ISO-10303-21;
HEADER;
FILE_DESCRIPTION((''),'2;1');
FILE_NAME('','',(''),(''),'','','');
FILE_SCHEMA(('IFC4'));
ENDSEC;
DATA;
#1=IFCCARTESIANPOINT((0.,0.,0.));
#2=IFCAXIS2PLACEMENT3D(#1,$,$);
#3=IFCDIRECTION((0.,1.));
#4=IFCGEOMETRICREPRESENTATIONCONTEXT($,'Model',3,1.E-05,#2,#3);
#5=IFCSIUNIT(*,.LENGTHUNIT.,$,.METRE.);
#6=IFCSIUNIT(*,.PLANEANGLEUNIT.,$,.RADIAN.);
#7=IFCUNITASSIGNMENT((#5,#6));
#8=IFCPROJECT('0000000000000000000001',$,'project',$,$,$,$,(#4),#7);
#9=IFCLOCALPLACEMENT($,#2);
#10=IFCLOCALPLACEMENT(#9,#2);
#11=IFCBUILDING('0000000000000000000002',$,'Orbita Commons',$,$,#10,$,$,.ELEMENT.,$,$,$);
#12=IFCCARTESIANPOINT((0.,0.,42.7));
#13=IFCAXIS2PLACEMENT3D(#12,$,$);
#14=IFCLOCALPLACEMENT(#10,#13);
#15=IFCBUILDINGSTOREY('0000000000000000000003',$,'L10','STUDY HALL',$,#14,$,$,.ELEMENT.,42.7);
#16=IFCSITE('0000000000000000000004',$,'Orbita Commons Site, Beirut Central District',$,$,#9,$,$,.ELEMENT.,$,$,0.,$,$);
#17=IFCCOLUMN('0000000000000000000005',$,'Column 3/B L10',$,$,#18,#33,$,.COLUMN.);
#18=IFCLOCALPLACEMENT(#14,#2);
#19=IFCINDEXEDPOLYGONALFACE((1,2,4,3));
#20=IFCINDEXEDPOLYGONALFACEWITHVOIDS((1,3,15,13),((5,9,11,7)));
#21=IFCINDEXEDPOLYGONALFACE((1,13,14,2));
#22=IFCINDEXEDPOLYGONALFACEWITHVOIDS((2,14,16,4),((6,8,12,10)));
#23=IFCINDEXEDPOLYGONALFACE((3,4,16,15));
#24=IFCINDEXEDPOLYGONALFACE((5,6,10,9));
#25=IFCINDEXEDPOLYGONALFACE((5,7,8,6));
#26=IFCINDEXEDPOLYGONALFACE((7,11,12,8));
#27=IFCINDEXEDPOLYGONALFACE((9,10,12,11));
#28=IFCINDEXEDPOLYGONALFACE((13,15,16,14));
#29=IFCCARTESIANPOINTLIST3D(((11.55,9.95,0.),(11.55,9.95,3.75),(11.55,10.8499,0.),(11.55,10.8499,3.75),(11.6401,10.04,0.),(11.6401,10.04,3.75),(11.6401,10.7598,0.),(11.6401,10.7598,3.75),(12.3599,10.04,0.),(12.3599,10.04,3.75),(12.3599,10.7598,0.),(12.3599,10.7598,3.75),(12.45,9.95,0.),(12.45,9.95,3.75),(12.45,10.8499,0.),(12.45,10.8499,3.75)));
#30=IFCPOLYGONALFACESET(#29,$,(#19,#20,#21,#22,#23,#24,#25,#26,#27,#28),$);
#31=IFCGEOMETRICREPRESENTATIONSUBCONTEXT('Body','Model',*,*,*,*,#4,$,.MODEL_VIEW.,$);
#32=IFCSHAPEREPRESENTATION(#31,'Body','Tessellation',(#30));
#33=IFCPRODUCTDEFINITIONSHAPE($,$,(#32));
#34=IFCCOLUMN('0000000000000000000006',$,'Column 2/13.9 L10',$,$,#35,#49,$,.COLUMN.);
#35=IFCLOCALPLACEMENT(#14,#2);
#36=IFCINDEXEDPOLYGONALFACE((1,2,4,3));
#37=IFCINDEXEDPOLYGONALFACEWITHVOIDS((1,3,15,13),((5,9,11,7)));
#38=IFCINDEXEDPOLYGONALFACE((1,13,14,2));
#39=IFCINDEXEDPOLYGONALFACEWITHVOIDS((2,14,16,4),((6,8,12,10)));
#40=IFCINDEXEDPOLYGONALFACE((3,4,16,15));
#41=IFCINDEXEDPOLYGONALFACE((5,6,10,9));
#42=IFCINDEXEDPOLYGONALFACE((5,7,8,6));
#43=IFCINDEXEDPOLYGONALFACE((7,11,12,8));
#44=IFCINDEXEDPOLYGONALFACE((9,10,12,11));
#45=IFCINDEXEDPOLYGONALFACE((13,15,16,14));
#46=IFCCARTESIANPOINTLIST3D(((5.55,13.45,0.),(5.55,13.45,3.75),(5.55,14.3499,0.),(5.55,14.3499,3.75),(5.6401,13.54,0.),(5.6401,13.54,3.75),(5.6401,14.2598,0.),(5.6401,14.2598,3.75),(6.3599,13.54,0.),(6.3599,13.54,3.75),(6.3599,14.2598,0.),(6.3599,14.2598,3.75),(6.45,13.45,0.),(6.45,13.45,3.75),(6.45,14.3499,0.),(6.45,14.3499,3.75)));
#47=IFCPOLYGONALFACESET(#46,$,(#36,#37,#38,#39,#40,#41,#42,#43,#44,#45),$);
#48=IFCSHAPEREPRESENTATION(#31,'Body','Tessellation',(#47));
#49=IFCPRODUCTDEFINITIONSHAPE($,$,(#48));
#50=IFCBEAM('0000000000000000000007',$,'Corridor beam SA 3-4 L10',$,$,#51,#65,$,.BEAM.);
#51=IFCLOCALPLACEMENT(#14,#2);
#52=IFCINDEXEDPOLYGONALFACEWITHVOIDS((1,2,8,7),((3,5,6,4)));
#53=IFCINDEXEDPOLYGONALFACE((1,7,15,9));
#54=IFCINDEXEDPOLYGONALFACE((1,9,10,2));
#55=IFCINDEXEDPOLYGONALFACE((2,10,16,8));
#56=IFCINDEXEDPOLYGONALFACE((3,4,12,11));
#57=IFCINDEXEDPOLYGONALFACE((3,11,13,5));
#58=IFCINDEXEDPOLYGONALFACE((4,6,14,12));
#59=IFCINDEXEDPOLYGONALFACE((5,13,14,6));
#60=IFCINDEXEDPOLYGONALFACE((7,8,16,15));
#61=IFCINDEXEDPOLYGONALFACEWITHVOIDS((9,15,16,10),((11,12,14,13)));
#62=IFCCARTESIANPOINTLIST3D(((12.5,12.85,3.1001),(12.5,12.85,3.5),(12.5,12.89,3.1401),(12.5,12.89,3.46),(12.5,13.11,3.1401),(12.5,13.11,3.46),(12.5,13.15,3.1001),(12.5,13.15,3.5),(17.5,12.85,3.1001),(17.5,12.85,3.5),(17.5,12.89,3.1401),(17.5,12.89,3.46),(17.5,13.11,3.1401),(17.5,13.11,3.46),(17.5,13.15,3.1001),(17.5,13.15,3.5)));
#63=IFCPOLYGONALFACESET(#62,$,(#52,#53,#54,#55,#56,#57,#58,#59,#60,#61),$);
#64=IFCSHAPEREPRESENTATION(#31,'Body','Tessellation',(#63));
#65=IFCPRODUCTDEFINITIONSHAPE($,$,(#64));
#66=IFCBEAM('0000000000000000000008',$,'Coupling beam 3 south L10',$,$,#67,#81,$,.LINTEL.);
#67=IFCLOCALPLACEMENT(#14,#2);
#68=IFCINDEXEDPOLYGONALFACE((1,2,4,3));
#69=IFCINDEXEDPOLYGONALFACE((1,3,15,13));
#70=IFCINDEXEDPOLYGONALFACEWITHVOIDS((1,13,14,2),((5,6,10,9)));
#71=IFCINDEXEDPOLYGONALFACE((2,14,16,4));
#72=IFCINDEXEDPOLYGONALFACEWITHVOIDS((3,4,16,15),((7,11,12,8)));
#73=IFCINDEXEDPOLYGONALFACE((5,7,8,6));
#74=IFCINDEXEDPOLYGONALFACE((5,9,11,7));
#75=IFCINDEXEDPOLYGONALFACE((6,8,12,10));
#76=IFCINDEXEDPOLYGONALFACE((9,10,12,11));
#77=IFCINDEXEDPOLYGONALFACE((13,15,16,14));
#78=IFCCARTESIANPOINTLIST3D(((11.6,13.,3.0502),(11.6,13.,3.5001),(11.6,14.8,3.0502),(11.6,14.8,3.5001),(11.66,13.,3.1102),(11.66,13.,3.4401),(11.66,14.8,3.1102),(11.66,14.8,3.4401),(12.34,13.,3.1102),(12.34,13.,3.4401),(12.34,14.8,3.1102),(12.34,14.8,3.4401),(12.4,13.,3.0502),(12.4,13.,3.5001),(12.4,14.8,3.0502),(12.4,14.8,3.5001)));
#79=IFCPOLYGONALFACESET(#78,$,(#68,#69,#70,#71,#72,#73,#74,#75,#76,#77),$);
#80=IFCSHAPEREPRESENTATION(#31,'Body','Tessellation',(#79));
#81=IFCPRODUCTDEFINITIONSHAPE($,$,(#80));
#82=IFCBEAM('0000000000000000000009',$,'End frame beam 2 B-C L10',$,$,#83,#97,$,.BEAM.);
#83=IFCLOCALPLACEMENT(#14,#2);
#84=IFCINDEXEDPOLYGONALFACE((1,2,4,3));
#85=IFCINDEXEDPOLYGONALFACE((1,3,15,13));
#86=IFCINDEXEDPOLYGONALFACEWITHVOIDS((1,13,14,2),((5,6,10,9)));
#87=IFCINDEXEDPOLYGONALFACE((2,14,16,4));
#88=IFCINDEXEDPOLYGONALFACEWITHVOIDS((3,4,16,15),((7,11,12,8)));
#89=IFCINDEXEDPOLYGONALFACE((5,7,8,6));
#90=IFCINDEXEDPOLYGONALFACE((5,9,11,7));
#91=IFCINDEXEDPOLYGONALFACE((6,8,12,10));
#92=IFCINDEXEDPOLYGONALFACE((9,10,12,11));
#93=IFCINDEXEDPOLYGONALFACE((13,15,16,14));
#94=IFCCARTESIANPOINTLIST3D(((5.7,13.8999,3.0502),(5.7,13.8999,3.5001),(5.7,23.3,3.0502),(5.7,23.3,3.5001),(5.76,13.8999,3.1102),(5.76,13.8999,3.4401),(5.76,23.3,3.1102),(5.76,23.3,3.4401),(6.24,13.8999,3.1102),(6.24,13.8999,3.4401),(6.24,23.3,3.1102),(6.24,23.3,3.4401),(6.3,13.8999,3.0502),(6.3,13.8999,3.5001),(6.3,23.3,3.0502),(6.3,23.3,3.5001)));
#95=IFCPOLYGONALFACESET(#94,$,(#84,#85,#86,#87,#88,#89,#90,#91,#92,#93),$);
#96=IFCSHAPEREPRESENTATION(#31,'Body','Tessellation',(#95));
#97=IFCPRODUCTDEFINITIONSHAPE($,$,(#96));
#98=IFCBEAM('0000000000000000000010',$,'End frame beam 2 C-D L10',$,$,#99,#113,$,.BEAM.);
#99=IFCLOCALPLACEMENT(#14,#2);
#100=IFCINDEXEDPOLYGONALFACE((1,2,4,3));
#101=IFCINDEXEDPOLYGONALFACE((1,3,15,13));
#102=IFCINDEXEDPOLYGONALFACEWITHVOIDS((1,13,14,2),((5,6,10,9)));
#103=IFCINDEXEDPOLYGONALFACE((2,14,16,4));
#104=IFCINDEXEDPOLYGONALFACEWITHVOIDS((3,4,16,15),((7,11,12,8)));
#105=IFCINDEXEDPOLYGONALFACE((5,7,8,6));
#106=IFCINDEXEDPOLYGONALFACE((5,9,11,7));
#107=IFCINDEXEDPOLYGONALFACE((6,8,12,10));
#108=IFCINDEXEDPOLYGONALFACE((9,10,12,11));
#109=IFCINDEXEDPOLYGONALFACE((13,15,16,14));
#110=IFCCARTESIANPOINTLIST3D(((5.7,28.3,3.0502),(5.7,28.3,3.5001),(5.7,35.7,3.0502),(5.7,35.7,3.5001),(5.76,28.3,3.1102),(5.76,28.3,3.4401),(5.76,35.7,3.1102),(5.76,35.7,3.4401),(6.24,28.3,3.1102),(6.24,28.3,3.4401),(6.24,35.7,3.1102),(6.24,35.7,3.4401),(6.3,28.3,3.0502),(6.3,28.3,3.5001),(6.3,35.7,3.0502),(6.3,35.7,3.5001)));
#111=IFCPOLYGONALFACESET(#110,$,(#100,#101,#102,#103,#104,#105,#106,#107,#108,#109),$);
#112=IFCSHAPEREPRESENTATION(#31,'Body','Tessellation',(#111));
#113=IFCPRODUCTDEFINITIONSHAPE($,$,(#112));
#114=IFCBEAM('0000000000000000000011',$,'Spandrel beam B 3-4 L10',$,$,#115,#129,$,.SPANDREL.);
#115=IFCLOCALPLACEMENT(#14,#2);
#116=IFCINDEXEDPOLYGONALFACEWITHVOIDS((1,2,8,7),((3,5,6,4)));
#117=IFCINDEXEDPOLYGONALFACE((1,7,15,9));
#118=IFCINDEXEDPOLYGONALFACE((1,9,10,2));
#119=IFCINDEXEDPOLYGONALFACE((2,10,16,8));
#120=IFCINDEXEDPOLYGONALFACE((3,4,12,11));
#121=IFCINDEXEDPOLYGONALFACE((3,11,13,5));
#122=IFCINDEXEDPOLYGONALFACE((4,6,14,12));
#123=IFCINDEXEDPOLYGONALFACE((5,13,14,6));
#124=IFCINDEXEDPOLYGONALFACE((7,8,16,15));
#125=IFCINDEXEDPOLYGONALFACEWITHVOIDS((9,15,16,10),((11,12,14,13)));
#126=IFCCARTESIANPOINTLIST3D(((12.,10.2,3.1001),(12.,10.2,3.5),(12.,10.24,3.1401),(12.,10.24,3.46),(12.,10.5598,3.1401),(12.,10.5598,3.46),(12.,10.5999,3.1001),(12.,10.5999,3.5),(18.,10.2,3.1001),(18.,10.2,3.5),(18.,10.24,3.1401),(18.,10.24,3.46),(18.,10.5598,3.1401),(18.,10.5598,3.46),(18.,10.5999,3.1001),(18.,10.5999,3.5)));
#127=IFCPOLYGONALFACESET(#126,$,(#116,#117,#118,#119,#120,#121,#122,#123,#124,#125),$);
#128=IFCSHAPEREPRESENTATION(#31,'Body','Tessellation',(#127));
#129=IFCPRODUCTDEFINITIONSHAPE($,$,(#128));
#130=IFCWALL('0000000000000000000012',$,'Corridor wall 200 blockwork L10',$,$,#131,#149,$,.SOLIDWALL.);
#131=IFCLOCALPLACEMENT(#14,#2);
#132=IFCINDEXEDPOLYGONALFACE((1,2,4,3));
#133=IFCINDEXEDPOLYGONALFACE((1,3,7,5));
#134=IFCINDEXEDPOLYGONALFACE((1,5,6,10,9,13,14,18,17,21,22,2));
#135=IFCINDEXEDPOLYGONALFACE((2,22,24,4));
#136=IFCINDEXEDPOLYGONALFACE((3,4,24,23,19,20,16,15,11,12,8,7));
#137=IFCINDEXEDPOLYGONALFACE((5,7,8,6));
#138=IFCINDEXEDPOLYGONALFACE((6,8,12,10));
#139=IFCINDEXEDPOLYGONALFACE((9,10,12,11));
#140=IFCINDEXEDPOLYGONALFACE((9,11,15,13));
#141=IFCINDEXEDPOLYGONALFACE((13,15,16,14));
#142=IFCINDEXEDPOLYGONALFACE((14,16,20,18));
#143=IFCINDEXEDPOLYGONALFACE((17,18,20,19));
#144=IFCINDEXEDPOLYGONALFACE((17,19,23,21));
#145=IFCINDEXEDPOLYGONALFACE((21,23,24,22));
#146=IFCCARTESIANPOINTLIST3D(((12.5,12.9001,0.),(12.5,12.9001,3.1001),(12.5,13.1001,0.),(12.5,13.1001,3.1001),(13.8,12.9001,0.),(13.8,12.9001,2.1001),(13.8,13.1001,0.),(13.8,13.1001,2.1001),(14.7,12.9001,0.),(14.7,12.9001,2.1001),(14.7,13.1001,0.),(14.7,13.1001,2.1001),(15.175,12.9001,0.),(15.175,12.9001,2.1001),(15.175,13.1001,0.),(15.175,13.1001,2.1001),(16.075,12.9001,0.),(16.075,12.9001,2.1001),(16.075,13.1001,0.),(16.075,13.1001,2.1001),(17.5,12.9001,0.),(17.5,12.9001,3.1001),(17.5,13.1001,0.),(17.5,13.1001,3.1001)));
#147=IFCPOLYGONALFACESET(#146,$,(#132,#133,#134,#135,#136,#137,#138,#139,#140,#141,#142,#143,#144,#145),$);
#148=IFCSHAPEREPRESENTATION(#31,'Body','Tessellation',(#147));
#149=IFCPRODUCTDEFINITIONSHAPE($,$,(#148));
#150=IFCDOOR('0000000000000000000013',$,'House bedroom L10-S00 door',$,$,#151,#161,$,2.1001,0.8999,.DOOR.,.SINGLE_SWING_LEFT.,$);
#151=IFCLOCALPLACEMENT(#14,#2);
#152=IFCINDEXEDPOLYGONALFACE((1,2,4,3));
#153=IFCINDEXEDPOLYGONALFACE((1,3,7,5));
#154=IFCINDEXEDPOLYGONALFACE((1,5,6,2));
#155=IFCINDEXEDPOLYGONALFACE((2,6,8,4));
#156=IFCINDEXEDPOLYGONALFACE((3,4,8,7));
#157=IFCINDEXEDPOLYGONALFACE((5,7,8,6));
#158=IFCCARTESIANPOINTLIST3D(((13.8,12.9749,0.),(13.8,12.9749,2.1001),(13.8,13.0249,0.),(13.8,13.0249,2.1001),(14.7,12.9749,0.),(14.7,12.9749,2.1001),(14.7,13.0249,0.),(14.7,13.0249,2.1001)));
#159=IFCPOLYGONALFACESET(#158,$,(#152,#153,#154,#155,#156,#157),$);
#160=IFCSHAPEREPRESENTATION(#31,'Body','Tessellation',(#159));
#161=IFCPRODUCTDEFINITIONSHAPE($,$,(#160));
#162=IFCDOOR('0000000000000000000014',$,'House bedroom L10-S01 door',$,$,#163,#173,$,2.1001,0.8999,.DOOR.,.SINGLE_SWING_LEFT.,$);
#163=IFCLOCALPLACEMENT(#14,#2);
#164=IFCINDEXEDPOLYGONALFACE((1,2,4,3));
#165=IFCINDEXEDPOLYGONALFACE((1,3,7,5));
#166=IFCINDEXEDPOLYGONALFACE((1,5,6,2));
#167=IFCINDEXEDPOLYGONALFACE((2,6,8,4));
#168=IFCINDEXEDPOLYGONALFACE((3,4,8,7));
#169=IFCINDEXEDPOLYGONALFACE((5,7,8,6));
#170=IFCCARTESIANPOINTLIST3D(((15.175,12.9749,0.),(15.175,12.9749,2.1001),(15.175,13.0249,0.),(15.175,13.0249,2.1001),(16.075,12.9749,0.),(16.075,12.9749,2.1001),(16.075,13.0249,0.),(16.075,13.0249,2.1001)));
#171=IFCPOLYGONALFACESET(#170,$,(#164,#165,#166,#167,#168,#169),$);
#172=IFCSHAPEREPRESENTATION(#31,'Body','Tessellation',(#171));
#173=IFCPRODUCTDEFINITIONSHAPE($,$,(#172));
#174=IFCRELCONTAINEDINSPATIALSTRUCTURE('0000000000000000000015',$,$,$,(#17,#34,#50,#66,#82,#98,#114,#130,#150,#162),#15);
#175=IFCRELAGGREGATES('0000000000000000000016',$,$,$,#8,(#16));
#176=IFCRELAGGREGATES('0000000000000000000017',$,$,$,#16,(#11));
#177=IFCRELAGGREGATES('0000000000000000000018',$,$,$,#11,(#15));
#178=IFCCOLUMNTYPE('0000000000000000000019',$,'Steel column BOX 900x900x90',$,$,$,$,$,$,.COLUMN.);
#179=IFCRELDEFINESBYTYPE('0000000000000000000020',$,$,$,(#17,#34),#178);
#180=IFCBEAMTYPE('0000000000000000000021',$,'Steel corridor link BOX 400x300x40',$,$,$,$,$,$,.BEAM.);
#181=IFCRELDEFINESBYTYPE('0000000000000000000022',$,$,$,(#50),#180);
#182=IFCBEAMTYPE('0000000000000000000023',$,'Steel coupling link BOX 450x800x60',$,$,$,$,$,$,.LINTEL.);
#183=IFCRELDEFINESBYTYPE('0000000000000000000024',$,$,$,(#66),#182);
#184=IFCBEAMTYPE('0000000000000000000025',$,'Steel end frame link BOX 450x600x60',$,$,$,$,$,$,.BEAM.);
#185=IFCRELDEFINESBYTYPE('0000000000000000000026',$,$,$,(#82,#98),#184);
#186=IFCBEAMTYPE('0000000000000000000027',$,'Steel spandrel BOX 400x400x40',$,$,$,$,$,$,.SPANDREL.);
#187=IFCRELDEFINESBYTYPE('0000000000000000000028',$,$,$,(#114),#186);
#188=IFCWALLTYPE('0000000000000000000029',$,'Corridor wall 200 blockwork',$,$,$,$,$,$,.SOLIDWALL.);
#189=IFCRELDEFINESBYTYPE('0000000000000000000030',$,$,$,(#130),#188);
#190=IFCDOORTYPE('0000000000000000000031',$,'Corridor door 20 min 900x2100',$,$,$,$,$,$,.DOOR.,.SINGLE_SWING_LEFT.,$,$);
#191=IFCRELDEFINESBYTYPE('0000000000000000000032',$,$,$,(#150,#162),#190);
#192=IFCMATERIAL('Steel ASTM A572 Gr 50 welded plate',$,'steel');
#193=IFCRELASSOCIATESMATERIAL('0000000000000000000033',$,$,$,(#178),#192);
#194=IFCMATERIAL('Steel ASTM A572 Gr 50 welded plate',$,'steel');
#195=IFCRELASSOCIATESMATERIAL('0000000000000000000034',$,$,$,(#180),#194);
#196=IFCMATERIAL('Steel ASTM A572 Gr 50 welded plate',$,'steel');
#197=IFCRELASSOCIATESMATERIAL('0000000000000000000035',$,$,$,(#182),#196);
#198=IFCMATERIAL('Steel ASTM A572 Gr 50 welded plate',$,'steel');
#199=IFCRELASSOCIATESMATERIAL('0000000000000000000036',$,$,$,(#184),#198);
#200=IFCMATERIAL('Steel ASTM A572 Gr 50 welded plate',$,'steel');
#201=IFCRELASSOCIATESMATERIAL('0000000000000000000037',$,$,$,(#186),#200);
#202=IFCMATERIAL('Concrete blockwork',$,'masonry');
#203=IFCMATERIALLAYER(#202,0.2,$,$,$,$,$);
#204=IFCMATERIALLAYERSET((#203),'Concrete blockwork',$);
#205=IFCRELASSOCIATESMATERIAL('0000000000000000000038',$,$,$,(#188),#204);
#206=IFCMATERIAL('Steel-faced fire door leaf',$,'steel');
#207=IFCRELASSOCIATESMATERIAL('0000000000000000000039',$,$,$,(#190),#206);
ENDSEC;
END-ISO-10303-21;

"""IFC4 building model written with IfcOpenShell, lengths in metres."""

from ifc_helpers import new_model, si_unit, direction, frame, frame_2d, origin, origin_2d, place, context, subcontext, project, spatial, polyline, rectangle, hollow_rectangle, outline, extrude, material, layer, layer_set, material_profile, profile_set, type_object, element, fill, save


model = new_model("IFC4")

# Units and contexts
model_context = context("Model", 3, precision=1e-05, world=origin(), true_north=direction((0.0, 1.0)))
body_context = subcontext(model_context, "Body", "Model", "MODEL_VIEW")
ifc_project = project(units=[si_unit("LENGTHUNIT", "METRE"), si_unit("PLANEANGLEUNIT", "RADIAN")], contexts=[model_context])

# Site, building, storey
site_placement = place(None, origin())
site = spatial("IfcSite", under=ifc_project, at=site_placement, Name="Orbita Commons Site, Beirut Central District", CompositionType="ELEMENT", RefElevation=0.0)
building_placement = place(site_placement, origin())
building = spatial("IfcBuilding", under=site, at=building_placement, Name="Orbita Commons", CompositionType="ELEMENT")
storey_placement = place(building_placement, frame((0.0, 0.0, 42.7)))
storey = spatial("IfcBuildingStorey", under=building, at=storey_placement, Name="L10", Description="STUDY HALL", CompositionType="ELEMENT", Elevation=42.7)

# Columns
ifc_material_1 = material(Name="Steel ASTM A572 Gr 50 welded plate", Category="steel")
ifc_material_profile_1 = material_profile(ifc_material_1, hollow_rectangle(XDim=0.8999, YDim=0.8999, WallThickness=0.0901, at=origin_2d()), Name="BOX 900x900x90")
ifc_profile_set_1 = profile_set([ifc_material_profile_1], Name="Steel ASTM A572 Gr 50 welded plate")
column_type = type_object("IfcColumnType", Name="Steel column BOX 900x900x90", PredefinedType="COLUMN", material=ifc_profile_set_1)
for number, where, z_axis, x_axis, name in (
    (1, (12.0, 10.3999, 0.0), (0.0, 0.0, 1.0), (1.0, 0.0, 0.0), "Column 3/B L10"),
    (2, (6.0, 13.8999, 0.0), (0.0, 0.0, 1.0), (1.0, 0.0, 0.0), "Column 2/13.9 L10"),
):
    element("IfcColumn", number, at=place(storey_placement, frame(where, z_axis=z_axis, x_axis=x_axis)), inside=storey, type_object=column_type, Name=name, PredefinedType="COLUMN", context=body_context, shape_type="SweptSolid", body=[
        extrude(hollow_rectangle(XDim=0.8999, YDim=0.8999, WallThickness=0.0901, at=origin_2d()), origin(), (0.0, 0.0, 1.0), 3.75),
    ])

# Beams
ifc_material_2 = material(Name="Steel ASTM A572 Gr 50 welded plate", Category="steel")
ifc_material_profile_2 = material_profile(ifc_material_2, hollow_rectangle(XDim=0.3, YDim=0.3999, WallThickness=0.04, at=origin_2d()), Name="BOX 400x300x40")
ifc_profile_set_2 = profile_set([ifc_material_profile_2], Name="Steel ASTM A572 Gr 50 welded plate")
beam_type_1 = type_object("IfcBeamType", Name="Steel corridor link BOX 400x300x40", PredefinedType="BEAM", material=ifc_profile_set_2)
beam_1_placement = place(storey_placement, frame((12.5, 13.0, 3.3), z_axis=(1.0, 0.0, 0.0), x_axis=(0.0, 1.0, 0.0)))
element("IfcBeam", 3, at=beam_1_placement, inside=storey, type_object=beam_type_1, Name="Corridor beam SA 3-4 L10", PredefinedType="BEAM", context=body_context, shape_type="SweptSolid", body=[
    extrude(hollow_rectangle(XDim=0.3, YDim=0.3999, WallThickness=0.04, at=origin_2d()), origin(), (0.0, 0.0, 1.0), 5.0),
])
ifc_material_3 = material(Name="Steel ASTM A572 Gr 50 welded plate", Category="steel")
ifc_material_profile_3 = material_profile(ifc_material_3, hollow_rectangle(XDim=0.8, YDim=0.45, WallThickness=0.0601, at=origin_2d()), Name="BOX 450x800x60")
ifc_profile_set_3 = profile_set([ifc_material_profile_3], Name="Steel ASTM A572 Gr 50 welded plate")
beam_type_2 = type_object("IfcBeamType", Name="Steel coupling link BOX 450x800x60", PredefinedType="LINTEL", material=ifc_profile_set_3)
beam_2_placement = place(storey_placement, frame((12.0, 13.0, 3.2751), z_axis=(0.0, 1.0, 0.0), x_axis=(-1.0, 0.0, 0.0)))
element("IfcBeam", 4, at=beam_2_placement, inside=storey, type_object=beam_type_2, Name="Coupling beam 3 south L10", PredefinedType="LINTEL", context=body_context, shape_type="SweptSolid", body=[
    extrude(hollow_rectangle(XDim=0.8, YDim=0.45, WallThickness=0.0601, at=origin_2d()), origin(), (0.0, 0.0, 1.0), 1.8),
])
ifc_material_4 = material(Name="Steel ASTM A572 Gr 50 welded plate", Category="steel")
ifc_material_profile_4 = material_profile(ifc_material_4, hollow_rectangle(XDim=0.6001, YDim=0.45, WallThickness=0.0601, at=origin_2d()), Name="BOX 450x600x60")
ifc_profile_set_4 = profile_set([ifc_material_profile_4], Name="Steel ASTM A572 Gr 50 welded plate")
beam_type_3 = type_object("IfcBeamType", Name="Steel end frame link BOX 450x600x60", PredefinedType="BEAM", material=ifc_profile_set_4)
beam_3_placement = place(storey_placement, frame((6.0, 13.8999, 3.2751), z_axis=(0.0, 1.0, 0.0), x_axis=(-1.0, 0.0, 0.0)))
element("IfcBeam", 5, at=beam_3_placement, inside=storey, type_object=beam_type_3, Name="End frame beam 2 B-C L10", PredefinedType="BEAM", context=body_context, shape_type="SweptSolid", body=[
    extrude(hollow_rectangle(XDim=0.6001, YDim=0.45, WallThickness=0.0601, at=origin_2d()), origin(), (0.0, 0.0, 1.0), 9.4001),
])
beam_4_placement = place(storey_placement, frame((6.0, 28.3, 3.2751), z_axis=(0.0, 1.0, 0.0), x_axis=(-1.0, 0.0, 0.0)))
element("IfcBeam", 6, at=beam_4_placement, inside=storey, type_object=beam_type_3, Name="End frame beam 2 C-D L10", PredefinedType="BEAM", context=body_context, shape_type="SweptSolid", body=[
    extrude(hollow_rectangle(XDim=0.6001, YDim=0.45, WallThickness=0.0601, at=origin_2d()), origin(), (0.0, 0.0, 1.0), 7.3999),
])
ifc_material_5 = material(Name="Steel ASTM A572 Gr 50 welded plate", Category="steel")
ifc_material_profile_5 = material_profile(ifc_material_5, hollow_rectangle(XDim=0.3999, YDim=0.3999, WallThickness=0.04, at=origin_2d()), Name="BOX 400x400x40")
ifc_profile_set_5 = profile_set([ifc_material_profile_5], Name="Steel ASTM A572 Gr 50 welded plate")
beam_type_4 = type_object("IfcBeamType", Name="Steel spandrel BOX 400x400x40", PredefinedType="SPANDREL", material=ifc_profile_set_5)
beam_5_placement = place(storey_placement, frame((12.0, 10.3999, 3.3), z_axis=(1.0, 0.0, 0.0), x_axis=(0.0, 1.0, 0.0)))
element("IfcBeam", 7, at=beam_5_placement, inside=storey, type_object=beam_type_4, Name="Spandrel beam B 3-4 L10", PredefinedType="SPANDREL", context=body_context, shape_type="SweptSolid", body=[
    extrude(hollow_rectangle(XDim=0.3999, YDim=0.3999, WallThickness=0.04, at=origin_2d()), origin(), (0.0, 0.0, 1.0), 6.0),
])

# Wall, openings, doors
ifc_material_6 = material(Name="Concrete blockwork", Category="masonry")
ifc_layer_1 = layer(ifc_material_6, 0.2)
ifc_layer_set_1 = layer_set([ifc_layer_1], Name="Concrete blockwork")
wall_type_1 = type_object("IfcWallType", Name="Corridor wall 200 blockwork", PredefinedType="SOLIDWALL", material=ifc_layer_set_1)
wall_1_placement = place(storey_placement, frame((12.5, 13.0, 0.0), z_axis=(0.0, 0.0, 1.0), x_axis=(1.0, 0.0, 0.0)))
wall_1 = element("IfcWall", 8, at=wall_1_placement, inside=storey, type_object=wall_type_1, Name="Corridor wall 200 blockwork L10", PredefinedType="SOLIDWALL", context=body_context, shape_type="SweptSolid", body=[
    extrude(outline(polyline([(0.0, 0.0), (5.0, 0.0), (5.0, 3.1001), (0.0, 3.1001), (0.0, 0.0)])), frame((0.0, 0.1001, 0.0), z_axis=(0.0, -1.0, 0.0), x_axis=(1.0, 0.0, 0.0)), (0.0, 0.0, 1.0), 0.2),
])
opening_1_placement = place(wall_1_placement, frame((1.3, 0.0, 0.0)))
opening_1 = element("IfcOpeningElement", 9, at=opening_1_placement, cuts=wall_1, PredefinedType="OPENING", context=body_context, shape_type="SweptSolid", body=[
    extrude(rectangle(XDim=0.8999, YDim=2.1001, at=frame_2d((0.45, 1.05))), frame((0.0, 0.1099, 0.0), z_axis=(0.0, -1.0, 0.0), x_axis=(1.0, 0.0, 0.0)), (0.0, 0.0, 1.0), 0.22),
])
opening_2_placement = place(wall_1_placement, frame((2.675, 0.0, 0.0)))
opening_2 = element("IfcOpeningElement", 10, at=opening_2_placement, cuts=wall_1, PredefinedType="OPENING", context=body_context, shape_type="SweptSolid", body=[
    extrude(rectangle(XDim=0.8999, YDim=2.1001, at=frame_2d((0.45, 1.05))), frame((0.0, 0.1099, 0.0), z_axis=(0.0, -1.0, 0.0), x_axis=(1.0, 0.0, 0.0)), (0.0, 0.0, 1.0), 0.22),
])
ifc_material_7 = material(Name="Steel-faced fire door leaf", Category="steel")
door_type_1 = type_object("IfcDoorType", Name="Corridor door 20 min 900x2100", OperationType="SINGLE_SWING_LEFT", PredefinedType="DOOR", material=ifc_material_7)
door_1_placement = place(opening_1_placement, origin())
door_1 = element("IfcDoor", 11, at=door_1_placement, inside=storey, type_object=door_type_1, Name="House bedroom L10-S00 door", OperationType="SINGLE_SWING_LEFT", OverallHeight=2.1001, OverallWidth=0.8999, PredefinedType="DOOR", context=body_context, shape_type="SweptSolid", body=[
    extrude(rectangle(XDim=0.8999, YDim=2.1001, at=frame_2d((0.45, 1.05))), frame((0.0, 0.0249, 0.0), z_axis=(0.0, -1.0, 0.0), x_axis=(1.0, 0.0, 0.0)), (0.0, 0.0, 1.0), 0.05),
])
fill(opening_1, door_1)
door_2_placement = place(opening_2_placement, origin())
door_2 = element("IfcDoor", 12, at=door_2_placement, inside=storey, type_object=door_type_1, Name="House bedroom L10-S01 door", OperationType="SINGLE_SWING_LEFT", OverallHeight=2.1001, OverallWidth=0.8999, PredefinedType="DOOR", context=body_context, shape_type="SweptSolid", body=[
    extrude(rectangle(XDim=0.8999, YDim=2.1001, at=frame_2d((0.45, 1.05))), frame((0.0, 0.0249, 0.0), z_axis=(0.0, -1.0, 0.0), x_axis=(1.0, 0.0, 0.0)), (0.0, 0.0, 1.0), 0.05),
])
fill(opening_2, door_2)

save(model, "model.ifc")
